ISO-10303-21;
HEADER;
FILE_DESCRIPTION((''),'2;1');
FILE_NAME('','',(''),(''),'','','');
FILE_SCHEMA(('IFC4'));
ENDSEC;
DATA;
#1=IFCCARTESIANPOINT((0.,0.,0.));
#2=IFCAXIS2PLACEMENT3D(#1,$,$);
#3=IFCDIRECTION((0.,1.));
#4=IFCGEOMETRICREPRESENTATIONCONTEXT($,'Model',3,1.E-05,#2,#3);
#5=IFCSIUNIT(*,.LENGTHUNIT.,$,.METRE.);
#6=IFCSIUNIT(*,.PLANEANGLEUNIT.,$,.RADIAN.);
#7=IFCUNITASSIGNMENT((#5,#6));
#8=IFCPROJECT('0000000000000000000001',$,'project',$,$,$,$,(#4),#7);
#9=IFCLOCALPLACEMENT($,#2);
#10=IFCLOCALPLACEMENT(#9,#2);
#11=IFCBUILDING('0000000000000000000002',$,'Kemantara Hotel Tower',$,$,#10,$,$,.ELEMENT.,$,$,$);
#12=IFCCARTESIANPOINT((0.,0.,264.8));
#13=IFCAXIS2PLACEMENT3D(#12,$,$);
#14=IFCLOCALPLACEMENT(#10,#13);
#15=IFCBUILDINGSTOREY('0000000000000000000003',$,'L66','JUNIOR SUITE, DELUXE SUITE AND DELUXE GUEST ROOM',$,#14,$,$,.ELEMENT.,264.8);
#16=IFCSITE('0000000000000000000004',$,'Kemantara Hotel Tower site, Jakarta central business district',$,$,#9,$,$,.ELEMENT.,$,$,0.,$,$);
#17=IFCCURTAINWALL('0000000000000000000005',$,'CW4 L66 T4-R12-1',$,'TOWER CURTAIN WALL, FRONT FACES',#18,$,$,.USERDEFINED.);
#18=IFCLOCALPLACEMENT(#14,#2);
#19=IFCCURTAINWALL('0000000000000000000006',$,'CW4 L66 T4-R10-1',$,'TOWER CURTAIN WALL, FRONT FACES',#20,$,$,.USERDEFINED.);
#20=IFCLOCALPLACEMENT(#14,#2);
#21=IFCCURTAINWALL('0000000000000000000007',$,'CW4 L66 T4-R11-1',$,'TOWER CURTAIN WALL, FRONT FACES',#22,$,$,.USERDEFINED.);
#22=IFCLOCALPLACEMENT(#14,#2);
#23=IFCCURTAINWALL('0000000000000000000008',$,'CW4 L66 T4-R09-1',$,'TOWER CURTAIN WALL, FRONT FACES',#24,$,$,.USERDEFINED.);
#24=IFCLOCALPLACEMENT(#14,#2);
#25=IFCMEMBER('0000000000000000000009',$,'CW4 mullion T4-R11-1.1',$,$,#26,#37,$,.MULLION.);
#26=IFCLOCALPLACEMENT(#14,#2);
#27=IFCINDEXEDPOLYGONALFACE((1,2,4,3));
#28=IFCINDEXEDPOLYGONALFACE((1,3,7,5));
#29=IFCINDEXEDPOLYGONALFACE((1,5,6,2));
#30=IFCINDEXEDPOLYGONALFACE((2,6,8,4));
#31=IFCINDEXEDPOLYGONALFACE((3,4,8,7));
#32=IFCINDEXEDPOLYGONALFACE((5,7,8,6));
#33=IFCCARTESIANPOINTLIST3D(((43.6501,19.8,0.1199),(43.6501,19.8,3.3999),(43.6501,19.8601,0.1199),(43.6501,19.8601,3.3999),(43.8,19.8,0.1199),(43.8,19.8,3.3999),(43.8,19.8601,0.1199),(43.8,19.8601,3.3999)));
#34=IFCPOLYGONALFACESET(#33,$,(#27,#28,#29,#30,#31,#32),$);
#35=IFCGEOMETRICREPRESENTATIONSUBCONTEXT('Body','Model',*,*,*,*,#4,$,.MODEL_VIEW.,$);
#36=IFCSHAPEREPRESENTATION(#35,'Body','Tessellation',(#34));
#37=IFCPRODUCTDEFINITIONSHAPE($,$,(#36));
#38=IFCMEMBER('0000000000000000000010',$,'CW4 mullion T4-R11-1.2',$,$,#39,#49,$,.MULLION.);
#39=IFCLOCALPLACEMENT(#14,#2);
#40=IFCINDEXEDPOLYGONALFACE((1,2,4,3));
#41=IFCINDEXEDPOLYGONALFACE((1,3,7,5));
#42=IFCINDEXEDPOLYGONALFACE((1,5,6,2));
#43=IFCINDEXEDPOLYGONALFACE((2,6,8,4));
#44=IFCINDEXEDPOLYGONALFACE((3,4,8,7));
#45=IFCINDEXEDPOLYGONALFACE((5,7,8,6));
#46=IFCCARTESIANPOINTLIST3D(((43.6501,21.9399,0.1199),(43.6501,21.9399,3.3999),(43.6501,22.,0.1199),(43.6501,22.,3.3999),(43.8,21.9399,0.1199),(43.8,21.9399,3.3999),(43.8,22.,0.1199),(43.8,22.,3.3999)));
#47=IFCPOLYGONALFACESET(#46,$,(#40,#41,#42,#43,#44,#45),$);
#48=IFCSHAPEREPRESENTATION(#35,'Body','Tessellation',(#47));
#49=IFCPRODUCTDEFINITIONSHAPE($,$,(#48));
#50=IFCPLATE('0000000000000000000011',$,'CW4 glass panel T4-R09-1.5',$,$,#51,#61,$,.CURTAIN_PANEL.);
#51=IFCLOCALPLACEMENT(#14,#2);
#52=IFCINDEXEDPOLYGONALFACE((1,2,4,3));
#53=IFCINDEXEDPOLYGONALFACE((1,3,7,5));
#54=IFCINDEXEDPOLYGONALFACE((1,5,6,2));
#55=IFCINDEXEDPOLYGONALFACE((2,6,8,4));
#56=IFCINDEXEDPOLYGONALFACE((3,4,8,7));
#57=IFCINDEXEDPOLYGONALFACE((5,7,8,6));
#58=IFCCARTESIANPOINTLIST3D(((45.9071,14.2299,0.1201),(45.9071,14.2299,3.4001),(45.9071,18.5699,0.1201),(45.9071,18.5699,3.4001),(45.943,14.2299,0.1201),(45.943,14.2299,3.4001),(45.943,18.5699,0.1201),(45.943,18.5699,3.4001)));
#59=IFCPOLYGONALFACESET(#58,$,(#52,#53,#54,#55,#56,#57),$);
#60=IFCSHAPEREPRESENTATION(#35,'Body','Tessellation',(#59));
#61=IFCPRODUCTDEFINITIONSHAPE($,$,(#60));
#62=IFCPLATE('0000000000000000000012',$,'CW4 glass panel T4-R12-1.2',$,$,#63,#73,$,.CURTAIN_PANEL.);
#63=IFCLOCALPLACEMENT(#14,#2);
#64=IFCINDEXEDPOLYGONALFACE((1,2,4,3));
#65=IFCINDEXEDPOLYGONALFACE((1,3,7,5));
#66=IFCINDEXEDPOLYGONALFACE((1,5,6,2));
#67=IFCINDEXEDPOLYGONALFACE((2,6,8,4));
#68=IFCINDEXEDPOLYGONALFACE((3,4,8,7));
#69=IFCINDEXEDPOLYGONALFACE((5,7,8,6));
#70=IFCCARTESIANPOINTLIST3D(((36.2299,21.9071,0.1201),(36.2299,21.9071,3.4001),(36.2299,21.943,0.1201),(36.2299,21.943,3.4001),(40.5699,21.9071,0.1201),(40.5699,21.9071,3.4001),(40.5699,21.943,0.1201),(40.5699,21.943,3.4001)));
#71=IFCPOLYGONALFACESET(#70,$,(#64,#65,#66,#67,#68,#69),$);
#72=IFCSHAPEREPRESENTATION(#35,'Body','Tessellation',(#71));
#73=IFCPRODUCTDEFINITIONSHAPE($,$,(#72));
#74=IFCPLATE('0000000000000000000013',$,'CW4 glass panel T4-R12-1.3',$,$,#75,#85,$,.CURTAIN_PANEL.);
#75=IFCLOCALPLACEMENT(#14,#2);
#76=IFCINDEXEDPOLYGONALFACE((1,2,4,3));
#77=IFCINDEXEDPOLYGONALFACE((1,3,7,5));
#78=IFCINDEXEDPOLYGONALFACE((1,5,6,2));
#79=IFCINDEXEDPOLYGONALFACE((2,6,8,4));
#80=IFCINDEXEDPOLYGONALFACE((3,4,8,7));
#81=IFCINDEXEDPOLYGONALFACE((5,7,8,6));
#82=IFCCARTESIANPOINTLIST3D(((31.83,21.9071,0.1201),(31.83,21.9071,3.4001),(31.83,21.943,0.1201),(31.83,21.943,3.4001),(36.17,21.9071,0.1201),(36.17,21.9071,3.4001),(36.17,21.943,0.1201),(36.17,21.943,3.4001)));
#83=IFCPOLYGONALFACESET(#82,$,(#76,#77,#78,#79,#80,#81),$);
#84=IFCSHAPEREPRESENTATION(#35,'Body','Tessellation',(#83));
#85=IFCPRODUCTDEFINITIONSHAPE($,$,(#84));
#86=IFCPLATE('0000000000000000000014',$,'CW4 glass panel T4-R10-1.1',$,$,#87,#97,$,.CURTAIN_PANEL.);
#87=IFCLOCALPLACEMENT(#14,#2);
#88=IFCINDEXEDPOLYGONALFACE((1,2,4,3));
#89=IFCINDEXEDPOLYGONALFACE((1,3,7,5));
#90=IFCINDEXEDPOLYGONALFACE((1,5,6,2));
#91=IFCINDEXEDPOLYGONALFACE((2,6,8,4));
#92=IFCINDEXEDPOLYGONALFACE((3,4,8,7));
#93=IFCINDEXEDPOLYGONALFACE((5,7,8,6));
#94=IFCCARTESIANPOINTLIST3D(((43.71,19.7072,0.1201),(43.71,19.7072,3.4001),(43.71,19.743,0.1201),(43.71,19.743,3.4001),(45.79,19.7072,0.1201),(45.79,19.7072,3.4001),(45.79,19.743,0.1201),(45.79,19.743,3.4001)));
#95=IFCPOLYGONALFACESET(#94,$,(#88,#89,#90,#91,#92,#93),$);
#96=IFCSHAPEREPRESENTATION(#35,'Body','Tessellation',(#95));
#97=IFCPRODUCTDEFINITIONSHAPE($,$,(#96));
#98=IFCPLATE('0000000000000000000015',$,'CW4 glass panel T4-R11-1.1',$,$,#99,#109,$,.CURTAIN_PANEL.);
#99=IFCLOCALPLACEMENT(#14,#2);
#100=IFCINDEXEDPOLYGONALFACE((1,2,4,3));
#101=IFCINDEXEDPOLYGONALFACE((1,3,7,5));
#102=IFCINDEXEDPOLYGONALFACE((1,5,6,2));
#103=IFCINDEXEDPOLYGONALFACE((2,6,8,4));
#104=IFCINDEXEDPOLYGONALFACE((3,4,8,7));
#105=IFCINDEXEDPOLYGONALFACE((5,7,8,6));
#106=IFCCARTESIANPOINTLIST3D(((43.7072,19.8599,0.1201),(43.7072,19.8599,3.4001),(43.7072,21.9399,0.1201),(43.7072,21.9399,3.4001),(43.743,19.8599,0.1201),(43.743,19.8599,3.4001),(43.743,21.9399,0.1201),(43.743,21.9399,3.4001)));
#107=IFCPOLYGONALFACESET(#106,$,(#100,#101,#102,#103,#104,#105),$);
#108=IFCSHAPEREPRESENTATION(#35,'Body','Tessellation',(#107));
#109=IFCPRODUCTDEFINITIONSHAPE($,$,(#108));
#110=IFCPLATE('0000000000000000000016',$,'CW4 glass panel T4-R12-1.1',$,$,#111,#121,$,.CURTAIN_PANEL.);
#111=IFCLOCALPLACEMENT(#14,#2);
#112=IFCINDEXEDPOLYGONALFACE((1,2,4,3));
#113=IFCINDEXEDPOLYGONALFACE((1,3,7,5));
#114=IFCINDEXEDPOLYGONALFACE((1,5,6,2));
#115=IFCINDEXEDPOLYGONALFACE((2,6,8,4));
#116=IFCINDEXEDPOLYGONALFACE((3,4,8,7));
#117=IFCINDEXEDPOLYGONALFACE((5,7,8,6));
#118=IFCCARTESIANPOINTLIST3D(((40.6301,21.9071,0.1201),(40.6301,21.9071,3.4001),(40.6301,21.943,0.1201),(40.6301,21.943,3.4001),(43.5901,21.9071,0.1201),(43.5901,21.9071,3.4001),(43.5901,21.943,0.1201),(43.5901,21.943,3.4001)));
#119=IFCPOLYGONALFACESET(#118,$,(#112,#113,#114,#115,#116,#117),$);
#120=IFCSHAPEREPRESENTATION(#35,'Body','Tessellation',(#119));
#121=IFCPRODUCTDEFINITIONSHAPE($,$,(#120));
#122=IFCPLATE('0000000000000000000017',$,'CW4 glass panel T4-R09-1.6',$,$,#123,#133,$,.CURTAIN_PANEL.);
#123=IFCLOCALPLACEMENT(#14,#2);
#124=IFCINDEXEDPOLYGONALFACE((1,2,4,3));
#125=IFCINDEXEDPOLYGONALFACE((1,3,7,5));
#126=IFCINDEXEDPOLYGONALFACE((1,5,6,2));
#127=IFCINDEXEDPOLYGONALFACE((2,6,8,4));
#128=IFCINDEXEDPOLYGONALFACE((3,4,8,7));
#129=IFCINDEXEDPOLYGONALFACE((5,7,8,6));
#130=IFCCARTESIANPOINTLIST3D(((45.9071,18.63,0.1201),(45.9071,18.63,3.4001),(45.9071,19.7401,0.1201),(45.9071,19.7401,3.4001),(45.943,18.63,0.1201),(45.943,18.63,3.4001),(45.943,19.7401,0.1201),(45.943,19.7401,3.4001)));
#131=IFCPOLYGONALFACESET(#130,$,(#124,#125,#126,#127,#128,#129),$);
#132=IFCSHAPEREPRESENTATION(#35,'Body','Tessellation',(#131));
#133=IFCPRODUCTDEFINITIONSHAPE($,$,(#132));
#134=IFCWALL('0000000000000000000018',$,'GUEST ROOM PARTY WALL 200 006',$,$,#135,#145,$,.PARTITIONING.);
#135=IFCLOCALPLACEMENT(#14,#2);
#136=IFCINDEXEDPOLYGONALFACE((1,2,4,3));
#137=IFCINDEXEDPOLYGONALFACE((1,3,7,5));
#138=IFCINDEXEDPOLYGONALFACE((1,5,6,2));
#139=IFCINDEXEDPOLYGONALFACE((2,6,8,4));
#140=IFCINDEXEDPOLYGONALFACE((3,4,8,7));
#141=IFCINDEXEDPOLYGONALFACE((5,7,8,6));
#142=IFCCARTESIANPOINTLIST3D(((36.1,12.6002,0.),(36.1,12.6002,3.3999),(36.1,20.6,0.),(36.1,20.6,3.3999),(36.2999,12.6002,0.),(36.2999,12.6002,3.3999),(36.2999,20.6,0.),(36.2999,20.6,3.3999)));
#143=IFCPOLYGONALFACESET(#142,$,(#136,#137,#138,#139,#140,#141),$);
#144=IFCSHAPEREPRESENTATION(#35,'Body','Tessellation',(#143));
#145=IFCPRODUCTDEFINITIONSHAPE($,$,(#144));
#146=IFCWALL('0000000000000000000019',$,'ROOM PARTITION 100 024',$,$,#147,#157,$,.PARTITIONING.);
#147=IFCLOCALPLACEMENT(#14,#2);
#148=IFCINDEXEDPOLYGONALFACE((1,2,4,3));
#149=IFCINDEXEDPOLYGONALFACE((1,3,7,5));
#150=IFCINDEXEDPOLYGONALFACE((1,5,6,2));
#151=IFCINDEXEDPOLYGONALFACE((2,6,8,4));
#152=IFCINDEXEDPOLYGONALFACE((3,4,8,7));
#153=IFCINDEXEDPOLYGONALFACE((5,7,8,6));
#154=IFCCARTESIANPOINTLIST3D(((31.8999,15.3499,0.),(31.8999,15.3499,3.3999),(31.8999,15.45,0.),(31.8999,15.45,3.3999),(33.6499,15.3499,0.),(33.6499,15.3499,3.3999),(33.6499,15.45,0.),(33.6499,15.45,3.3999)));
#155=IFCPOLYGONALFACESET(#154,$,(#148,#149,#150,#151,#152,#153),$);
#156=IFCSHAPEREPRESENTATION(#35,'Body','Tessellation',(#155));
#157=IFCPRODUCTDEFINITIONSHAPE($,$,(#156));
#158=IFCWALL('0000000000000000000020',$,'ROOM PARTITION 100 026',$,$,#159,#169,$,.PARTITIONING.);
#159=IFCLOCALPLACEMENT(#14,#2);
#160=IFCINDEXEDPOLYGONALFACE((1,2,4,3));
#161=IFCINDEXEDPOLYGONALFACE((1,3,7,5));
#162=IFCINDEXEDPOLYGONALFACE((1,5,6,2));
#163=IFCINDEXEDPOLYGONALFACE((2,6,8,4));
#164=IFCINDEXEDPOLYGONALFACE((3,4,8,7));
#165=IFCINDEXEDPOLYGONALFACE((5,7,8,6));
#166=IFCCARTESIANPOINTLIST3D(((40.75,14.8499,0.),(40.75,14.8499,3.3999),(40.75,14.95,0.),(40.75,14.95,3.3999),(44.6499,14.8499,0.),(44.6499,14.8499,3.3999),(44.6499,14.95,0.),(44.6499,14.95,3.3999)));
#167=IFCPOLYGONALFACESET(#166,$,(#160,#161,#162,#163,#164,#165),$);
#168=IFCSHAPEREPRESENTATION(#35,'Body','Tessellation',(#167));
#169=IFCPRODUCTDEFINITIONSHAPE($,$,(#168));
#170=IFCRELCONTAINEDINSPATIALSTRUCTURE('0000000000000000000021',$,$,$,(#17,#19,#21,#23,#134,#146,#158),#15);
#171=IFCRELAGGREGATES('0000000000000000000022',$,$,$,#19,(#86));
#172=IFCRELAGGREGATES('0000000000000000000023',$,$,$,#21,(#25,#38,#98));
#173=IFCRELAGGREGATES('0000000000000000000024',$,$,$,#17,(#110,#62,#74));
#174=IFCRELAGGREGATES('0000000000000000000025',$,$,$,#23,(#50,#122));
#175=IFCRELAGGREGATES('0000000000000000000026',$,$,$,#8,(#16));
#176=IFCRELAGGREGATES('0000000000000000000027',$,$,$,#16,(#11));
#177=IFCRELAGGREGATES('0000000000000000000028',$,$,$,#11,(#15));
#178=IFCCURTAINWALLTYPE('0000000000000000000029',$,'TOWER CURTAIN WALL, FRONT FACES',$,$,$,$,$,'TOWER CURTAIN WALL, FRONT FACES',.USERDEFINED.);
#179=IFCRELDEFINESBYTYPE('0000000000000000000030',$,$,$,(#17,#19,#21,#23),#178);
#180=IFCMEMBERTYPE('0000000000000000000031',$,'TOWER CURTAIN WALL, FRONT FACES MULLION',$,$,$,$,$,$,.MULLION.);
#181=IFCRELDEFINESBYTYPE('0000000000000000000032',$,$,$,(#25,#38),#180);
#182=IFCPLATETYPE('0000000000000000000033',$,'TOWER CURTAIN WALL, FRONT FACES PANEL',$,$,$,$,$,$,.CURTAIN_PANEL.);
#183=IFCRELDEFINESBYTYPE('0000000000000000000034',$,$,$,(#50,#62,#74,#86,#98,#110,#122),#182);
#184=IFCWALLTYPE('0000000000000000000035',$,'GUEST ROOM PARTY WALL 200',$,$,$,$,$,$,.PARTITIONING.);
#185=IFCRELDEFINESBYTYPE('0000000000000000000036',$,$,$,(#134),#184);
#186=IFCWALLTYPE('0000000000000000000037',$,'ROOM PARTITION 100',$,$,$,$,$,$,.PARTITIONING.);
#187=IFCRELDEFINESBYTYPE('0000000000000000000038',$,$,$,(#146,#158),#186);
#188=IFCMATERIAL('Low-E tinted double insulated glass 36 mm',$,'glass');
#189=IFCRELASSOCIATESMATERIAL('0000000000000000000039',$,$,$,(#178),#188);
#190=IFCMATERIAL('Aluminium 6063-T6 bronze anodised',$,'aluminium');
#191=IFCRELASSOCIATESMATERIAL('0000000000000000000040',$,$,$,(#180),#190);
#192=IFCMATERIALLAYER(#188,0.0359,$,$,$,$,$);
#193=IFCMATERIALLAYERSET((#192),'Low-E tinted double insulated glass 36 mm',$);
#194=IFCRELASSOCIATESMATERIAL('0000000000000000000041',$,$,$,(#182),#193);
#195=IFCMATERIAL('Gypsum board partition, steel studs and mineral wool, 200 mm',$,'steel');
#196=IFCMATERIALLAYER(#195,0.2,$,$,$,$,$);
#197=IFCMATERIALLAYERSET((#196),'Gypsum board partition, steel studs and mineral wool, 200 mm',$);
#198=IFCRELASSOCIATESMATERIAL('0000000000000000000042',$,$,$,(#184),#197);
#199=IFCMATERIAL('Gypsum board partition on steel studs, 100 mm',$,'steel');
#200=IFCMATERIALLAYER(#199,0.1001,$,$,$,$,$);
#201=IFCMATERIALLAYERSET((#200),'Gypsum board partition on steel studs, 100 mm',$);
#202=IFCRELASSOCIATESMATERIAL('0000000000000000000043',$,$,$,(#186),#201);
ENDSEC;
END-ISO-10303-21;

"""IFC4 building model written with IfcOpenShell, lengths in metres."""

from ifc_helpers import new_model, si_unit, direction, frame, frame_2d, origin, origin_2d, place, context, subcontext, project, spatial, rectangle, extrude, source, transform, mapped, material, layer, layer_set, material_profile, profile_set, type_object, element, aggregate, save


model = new_model("IFC4")

# Units and contexts
model_context = context("Model", 3, precision=1e-05, world=origin(), true_north=direction((0.0, 1.0)))
body_context = subcontext(model_context, "Body", "Model", "MODEL_VIEW")
ifc_project = project(units=[si_unit("LENGTHUNIT", "METRE"), si_unit("PLANEANGLEUNIT", "RADIAN")], contexts=[model_context])

# Site, building, storey
site_placement = place(None, origin())
site = spatial("IfcSite", under=ifc_project, at=site_placement, Name="Kemantara Hotel Tower site, Jakarta central business district", CompositionType="ELEMENT", RefElevation=0.0)
building_placement = place(site_placement, origin())
building = spatial("IfcBuilding", under=site, at=building_placement, Name="Kemantara Hotel Tower", CompositionType="ELEMENT")
storey_placement = place(building_placement, frame((0.0, 0.0, 264.8)))
storey = spatial("IfcBuildingStorey", under=building, at=storey_placement, Name="L66", Description="JUNIOR SUITE, DELUXE SUITE AND DELUXE GUEST ROOM", CompositionType="ELEMENT", Elevation=264.8)

# Curtain walls
ifc_material_1 = material(Name="Low-E tinted double insulated glass 36 mm", Category="glass")
curtain_wall_type = type_object("IfcCurtainWallType", Name="TOWER CURTAIN WALL, FRONT FACES", ElementType="TOWER CURTAIN WALL, FRONT FACES", PredefinedType="USERDEFINED", material=ifc_material_1)
curtain_wall_1_placement = place(storey_placement, origin())
curtain_wall_1 = element("IfcCurtainWall", 1, at=curtain_wall_1_placement, inside=storey, type_object=curtain_wall_type, Name="CW4 L66 T4-R12-1", ObjectType="TOWER CURTAIN WALL, FRONT FACES", PredefinedType="USERDEFINED")
ifc_material_2 = material(Name="Aluminium 6063-T6 bronze anodised", Category="aluminium")
curtain_wall_2_placement = place(storey_placement, origin())
curtain_wall_2 = element("IfcCurtainWall", 2, at=curtain_wall_2_placement, inside=storey, type_object=curtain_wall_type, Name="CW4 L66 T4-R10-1", ObjectType="TOWER CURTAIN WALL, FRONT FACES", PredefinedType="USERDEFINED")
curtain_wall_3_placement = place(storey_placement, origin())
curtain_wall_3 = element("IfcCurtainWall", 3, at=curtain_wall_3_placement, inside=storey, type_object=curtain_wall_type, Name="CW4 L66 T4-R11-1", ObjectType="TOWER CURTAIN WALL, FRONT FACES", PredefinedType="USERDEFINED")

# Curtain wall
curtain_wall_4_placement = place(storey_placement, origin())
curtain_wall_4 = element("IfcCurtainWall", 4, at=curtain_wall_4_placement, inside=storey, type_object=curtain_wall_type, Name="CW4 L66 T4-R09-1", ObjectType="TOWER CURTAIN WALL, FRONT FACES", PredefinedType="USERDEFINED")
ifc_material_profile_1 = material_profile(ifc_material_2, rectangle(XDim=0.1499, YDim=0.0601, at=origin_2d()), Name="TOWER CURTAIN WALL, FRONT FACES MULLION")
ifc_profile_set_1 = profile_set([ifc_material_profile_1], Name="Aluminium 6063-T6 bronze anodised")
member_type_1 = type_object("IfcMemberType", Name="TOWER CURTAIN WALL, FRONT FACES MULLION", PredefinedType="MULLION", material=ifc_profile_set_1)
shared_shape_1 = source(origin(), body_context, "Body", "SweptSolid", [
    extrude(rectangle(XDim=0.1499, YDim=0.0601, at=origin_2d()), origin(), (0.0, 0.0, 1.0), 3.28),
])

# Members
member_1_placement = place(storey_placement, frame((43.7251, 19.8301, 0.1199), z_axis=(0.0, 0.0, 1.0), x_axis=(-1.0, 0.0, 0.0)))
member_1 = element("IfcMember", 5, at=member_1_placement, type_object=member_type_1, Name="CW4 mullion T4-R11-1.1", PredefinedType="MULLION", context=body_context, shape_type="MappedRepresentation", body=[
    mapped(shared_shape_1, transform((0.0, 0.0, 0.0))),
])
member_2_placement = place(storey_placement, frame((43.7251, 21.97, 0.1199), z_axis=(0.0, 0.0, 1.0), x_axis=(-1.0, 0.0, 0.0)))
member_2 = element("IfcMember", 6, at=member_2_placement, type_object=member_type_1, Name="CW4 mullion T4-R11-1.2", PredefinedType="MULLION", context=body_context, shape_type="MappedRepresentation", body=[
    mapped(shared_shape_1, transform((0.0, 0.0, 0.0))),
])

# Plates
ifc_layer_1 = layer(ifc_material_1, 0.0359)
ifc_layer_set_1 = layer_set([ifc_layer_1], Name="Low-E tinted double insulated glass 36 mm")
plate_type = type_object("IfcPlateType", Name="TOWER CURTAIN WALL, FRONT FACES PANEL", PredefinedType="CURTAIN_PANEL", material=ifc_layer_set_1)
shared_shape_2 = source(origin(), body_context, "Body", "SweptSolid", [
    extrude(rectangle(XDim=4.3401, YDim=0.0359, at=origin_2d()), origin(), (0.0, 0.0, 1.0), 3.28),
])
plate_1_placement = place(storey_placement, frame((45.925, 16.3999, 0.1201), z_axis=(0.0, 0.0, 1.0), x_axis=(0.0, 1.0, 0.0)))
plate_1 = element("IfcPlate", 7, at=plate_1_placement, type_object=plate_type, Name="CW4 glass panel T4-R09-1.5", PredefinedType="CURTAIN_PANEL", context=body_context, shape_type="MappedRepresentation", body=[
    mapped(shared_shape_2, transform((0.0, 0.0, 0.0))),
])
plate_2_placement = place(storey_placement, frame((38.3999, 21.925, 0.1201), z_axis=(0.0, 0.0, 1.0), x_axis=(-1.0, 0.0, 0.0)))
plate_2 = element("IfcPlate", 8, at=plate_2_placement, type_object=plate_type, Name="CW4 glass panel T4-R12-1.2", PredefinedType="CURTAIN_PANEL", context=body_context, shape_type="MappedRepresentation", body=[
    mapped(shared_shape_2, transform((0.0, 0.0, 0.0))),
])
plate_3_placement = place(storey_placement, frame((34.0, 21.925, 0.1201), z_axis=(0.0, 0.0, 1.0), x_axis=(-1.0, 0.0, 0.0)))
plate_3 = element("IfcPlate", 9, at=plate_3_placement, type_object=plate_type, Name="CW4 glass panel T4-R12-1.3", PredefinedType="CURTAIN_PANEL", context=body_context, shape_type="MappedRepresentation", body=[
    mapped(shared_shape_2, transform((0.0, 0.0, 0.0))),
])
shared_shape_3 = source(origin(), body_context, "Body", "SweptSolid", [
    extrude(rectangle(XDim=2.0801, YDim=0.0359, at=origin_2d()), origin(), (0.0, 0.0, 1.0), 3.28),
])
plate_4_placement = place(storey_placement, frame((44.75, 19.7251, 0.1201), z_axis=(0.0, 0.0, 1.0), x_axis=(-1.0, 0.0, 0.0)))
plate_4 = element("IfcPlate", 10, at=plate_4_placement, type_object=plate_type, Name="CW4 glass panel T4-R10-1.1", PredefinedType="CURTAIN_PANEL", context=body_context, shape_type="MappedRepresentation", body=[
    mapped(shared_shape_3, transform((0.0, 0.0, 0.0))),
])
aggregate(curtain_wall_2, [plate_4])
plate_5_placement = place(storey_placement, frame((43.7251, 20.8999, 0.1201), z_axis=(0.0, 0.0, 1.0), x_axis=(0.0, 1.0, 0.0)))
plate_5 = element("IfcPlate", 11, at=plate_5_placement, type_object=plate_type, Name="CW4 glass panel T4-R11-1.1", PredefinedType="CURTAIN_PANEL", context=body_context, shape_type="MappedRepresentation", body=[
    mapped(shared_shape_3, transform((0.0, 0.0, 0.0))),
])
aggregate(curtain_wall_3, [member_1, member_2, plate_5])
shared_shape_4 = source(origin(), body_context, "Body", "SweptSolid", [
    extrude(rectangle(XDim=2.96, YDim=0.0359, at=origin_2d()), origin(), (0.0, 0.0, 1.0), 3.28),
])
plate_6_placement = place(storey_placement, frame((42.1101, 21.925, 0.1201), z_axis=(0.0, 0.0, 1.0), x_axis=(-1.0, 0.0, 0.0)))
plate_6 = element("IfcPlate", 12, at=plate_6_placement, type_object=plate_type, Name="CW4 glass panel T4-R12-1.1", PredefinedType="CURTAIN_PANEL", context=body_context, shape_type="MappedRepresentation", body=[
    mapped(shared_shape_4, transform((0.0, 0.0, 0.0))),
])
aggregate(curtain_wall_1, [plate_6, plate_2, plate_3])
shared_shape_5 = source(origin(), body_context, "Body", "SweptSolid", [
    extrude(rectangle(XDim=1.1101, YDim=0.0359, at=origin_2d()), origin(), (0.0, 0.0, 1.0), 3.28),
])
plate_7_placement = place(storey_placement, frame((45.925, 19.1851, 0.1201), z_axis=(0.0, 0.0, 1.0), x_axis=(0.0, 1.0, 0.0)))
plate_7 = element("IfcPlate", 13, at=plate_7_placement, type_object=plate_type, Name="CW4 glass panel T4-R09-1.6", PredefinedType="CURTAIN_PANEL", context=body_context, shape_type="MappedRepresentation", body=[
    mapped(shared_shape_5, transform((0.0, 0.0, 0.0))),
])
aggregate(curtain_wall_4, [plate_1, plate_7])

# Walls
ifc_material_3 = material(Name="Gypsum board partition, steel studs and mineral wool, 200 mm", Category="steel")
ifc_layer_2 = layer(ifc_material_3, 0.2)
ifc_layer_set_2 = layer_set([ifc_layer_2], Name="Gypsum board partition, steel studs and mineral wool, 200 mm")
wall_type_1 = type_object("IfcWallType", Name="GUEST ROOM PARTY WALL 200", PredefinedType="PARTITIONING", material=ifc_layer_set_2)
wall_1_placement = place(storey_placement, frame((36.2, 12.6001, 0.0), z_axis=(0.0, 0.0, 1.0), x_axis=(0.0, 1.0, 0.0)))
element("IfcWall", 14, at=wall_1_placement, inside=storey, type_object=wall_type_1, Name="GUEST ROOM PARTY WALL 200 006", PredefinedType="PARTITIONING", context=body_context, shape_type="SweptSolid", body=[
    extrude(rectangle(XDim=7.9998, YDim=0.2, at=frame_2d((4.0, 0.0))), origin(), (0.0, 0.0, 1.0), 3.3999),
])
ifc_material_4 = material(Name="Gypsum board partition on steel studs, 100 mm", Category="steel")
ifc_layer_3 = layer(ifc_material_4, 0.1001)
ifc_layer_set_3 = layer_set([ifc_layer_3], Name="Gypsum board partition on steel studs, 100 mm")
wall_type_2 = type_object("IfcWallType", Name="ROOM PARTITION 100", PredefinedType="PARTITIONING", material=ifc_layer_set_3)
wall_2_placement = place(storey_placement, frame((31.8999, 15.3999, 0.0), z_axis=(0.0, 0.0, 1.0), x_axis=(1.0, 0.0, 0.0)))
element("IfcWall", 15, at=wall_2_placement, inside=storey, type_object=wall_type_2, Name="ROOM PARTITION 100 024", PredefinedType="PARTITIONING", context=body_context, shape_type="SweptSolid", body=[
    extrude(rectangle(XDim=1.75, YDim=0.1001, at=frame_2d((0.875, 0.0))), origin(), (0.0, 0.0, 1.0), 3.3999),
])
wall_3_placement = place(storey_placement, frame((40.75, 14.8999, 0.0), z_axis=(0.0, 0.0, 1.0), x_axis=(1.0, 0.0, 0.0)))
element("IfcWall", 16, at=wall_3_placement, inside=storey, type_object=wall_type_2, Name="ROOM PARTITION 100 026", PredefinedType="PARTITIONING", context=body_context, shape_type="SweptSolid", body=[
    extrude(rectangle(XDim=3.8999, YDim=0.1001, at=frame_2d((1.95, 0.0))), origin(), (0.0, 0.0, 1.0), 3.3999),
])

save(model, "model.ifc")
